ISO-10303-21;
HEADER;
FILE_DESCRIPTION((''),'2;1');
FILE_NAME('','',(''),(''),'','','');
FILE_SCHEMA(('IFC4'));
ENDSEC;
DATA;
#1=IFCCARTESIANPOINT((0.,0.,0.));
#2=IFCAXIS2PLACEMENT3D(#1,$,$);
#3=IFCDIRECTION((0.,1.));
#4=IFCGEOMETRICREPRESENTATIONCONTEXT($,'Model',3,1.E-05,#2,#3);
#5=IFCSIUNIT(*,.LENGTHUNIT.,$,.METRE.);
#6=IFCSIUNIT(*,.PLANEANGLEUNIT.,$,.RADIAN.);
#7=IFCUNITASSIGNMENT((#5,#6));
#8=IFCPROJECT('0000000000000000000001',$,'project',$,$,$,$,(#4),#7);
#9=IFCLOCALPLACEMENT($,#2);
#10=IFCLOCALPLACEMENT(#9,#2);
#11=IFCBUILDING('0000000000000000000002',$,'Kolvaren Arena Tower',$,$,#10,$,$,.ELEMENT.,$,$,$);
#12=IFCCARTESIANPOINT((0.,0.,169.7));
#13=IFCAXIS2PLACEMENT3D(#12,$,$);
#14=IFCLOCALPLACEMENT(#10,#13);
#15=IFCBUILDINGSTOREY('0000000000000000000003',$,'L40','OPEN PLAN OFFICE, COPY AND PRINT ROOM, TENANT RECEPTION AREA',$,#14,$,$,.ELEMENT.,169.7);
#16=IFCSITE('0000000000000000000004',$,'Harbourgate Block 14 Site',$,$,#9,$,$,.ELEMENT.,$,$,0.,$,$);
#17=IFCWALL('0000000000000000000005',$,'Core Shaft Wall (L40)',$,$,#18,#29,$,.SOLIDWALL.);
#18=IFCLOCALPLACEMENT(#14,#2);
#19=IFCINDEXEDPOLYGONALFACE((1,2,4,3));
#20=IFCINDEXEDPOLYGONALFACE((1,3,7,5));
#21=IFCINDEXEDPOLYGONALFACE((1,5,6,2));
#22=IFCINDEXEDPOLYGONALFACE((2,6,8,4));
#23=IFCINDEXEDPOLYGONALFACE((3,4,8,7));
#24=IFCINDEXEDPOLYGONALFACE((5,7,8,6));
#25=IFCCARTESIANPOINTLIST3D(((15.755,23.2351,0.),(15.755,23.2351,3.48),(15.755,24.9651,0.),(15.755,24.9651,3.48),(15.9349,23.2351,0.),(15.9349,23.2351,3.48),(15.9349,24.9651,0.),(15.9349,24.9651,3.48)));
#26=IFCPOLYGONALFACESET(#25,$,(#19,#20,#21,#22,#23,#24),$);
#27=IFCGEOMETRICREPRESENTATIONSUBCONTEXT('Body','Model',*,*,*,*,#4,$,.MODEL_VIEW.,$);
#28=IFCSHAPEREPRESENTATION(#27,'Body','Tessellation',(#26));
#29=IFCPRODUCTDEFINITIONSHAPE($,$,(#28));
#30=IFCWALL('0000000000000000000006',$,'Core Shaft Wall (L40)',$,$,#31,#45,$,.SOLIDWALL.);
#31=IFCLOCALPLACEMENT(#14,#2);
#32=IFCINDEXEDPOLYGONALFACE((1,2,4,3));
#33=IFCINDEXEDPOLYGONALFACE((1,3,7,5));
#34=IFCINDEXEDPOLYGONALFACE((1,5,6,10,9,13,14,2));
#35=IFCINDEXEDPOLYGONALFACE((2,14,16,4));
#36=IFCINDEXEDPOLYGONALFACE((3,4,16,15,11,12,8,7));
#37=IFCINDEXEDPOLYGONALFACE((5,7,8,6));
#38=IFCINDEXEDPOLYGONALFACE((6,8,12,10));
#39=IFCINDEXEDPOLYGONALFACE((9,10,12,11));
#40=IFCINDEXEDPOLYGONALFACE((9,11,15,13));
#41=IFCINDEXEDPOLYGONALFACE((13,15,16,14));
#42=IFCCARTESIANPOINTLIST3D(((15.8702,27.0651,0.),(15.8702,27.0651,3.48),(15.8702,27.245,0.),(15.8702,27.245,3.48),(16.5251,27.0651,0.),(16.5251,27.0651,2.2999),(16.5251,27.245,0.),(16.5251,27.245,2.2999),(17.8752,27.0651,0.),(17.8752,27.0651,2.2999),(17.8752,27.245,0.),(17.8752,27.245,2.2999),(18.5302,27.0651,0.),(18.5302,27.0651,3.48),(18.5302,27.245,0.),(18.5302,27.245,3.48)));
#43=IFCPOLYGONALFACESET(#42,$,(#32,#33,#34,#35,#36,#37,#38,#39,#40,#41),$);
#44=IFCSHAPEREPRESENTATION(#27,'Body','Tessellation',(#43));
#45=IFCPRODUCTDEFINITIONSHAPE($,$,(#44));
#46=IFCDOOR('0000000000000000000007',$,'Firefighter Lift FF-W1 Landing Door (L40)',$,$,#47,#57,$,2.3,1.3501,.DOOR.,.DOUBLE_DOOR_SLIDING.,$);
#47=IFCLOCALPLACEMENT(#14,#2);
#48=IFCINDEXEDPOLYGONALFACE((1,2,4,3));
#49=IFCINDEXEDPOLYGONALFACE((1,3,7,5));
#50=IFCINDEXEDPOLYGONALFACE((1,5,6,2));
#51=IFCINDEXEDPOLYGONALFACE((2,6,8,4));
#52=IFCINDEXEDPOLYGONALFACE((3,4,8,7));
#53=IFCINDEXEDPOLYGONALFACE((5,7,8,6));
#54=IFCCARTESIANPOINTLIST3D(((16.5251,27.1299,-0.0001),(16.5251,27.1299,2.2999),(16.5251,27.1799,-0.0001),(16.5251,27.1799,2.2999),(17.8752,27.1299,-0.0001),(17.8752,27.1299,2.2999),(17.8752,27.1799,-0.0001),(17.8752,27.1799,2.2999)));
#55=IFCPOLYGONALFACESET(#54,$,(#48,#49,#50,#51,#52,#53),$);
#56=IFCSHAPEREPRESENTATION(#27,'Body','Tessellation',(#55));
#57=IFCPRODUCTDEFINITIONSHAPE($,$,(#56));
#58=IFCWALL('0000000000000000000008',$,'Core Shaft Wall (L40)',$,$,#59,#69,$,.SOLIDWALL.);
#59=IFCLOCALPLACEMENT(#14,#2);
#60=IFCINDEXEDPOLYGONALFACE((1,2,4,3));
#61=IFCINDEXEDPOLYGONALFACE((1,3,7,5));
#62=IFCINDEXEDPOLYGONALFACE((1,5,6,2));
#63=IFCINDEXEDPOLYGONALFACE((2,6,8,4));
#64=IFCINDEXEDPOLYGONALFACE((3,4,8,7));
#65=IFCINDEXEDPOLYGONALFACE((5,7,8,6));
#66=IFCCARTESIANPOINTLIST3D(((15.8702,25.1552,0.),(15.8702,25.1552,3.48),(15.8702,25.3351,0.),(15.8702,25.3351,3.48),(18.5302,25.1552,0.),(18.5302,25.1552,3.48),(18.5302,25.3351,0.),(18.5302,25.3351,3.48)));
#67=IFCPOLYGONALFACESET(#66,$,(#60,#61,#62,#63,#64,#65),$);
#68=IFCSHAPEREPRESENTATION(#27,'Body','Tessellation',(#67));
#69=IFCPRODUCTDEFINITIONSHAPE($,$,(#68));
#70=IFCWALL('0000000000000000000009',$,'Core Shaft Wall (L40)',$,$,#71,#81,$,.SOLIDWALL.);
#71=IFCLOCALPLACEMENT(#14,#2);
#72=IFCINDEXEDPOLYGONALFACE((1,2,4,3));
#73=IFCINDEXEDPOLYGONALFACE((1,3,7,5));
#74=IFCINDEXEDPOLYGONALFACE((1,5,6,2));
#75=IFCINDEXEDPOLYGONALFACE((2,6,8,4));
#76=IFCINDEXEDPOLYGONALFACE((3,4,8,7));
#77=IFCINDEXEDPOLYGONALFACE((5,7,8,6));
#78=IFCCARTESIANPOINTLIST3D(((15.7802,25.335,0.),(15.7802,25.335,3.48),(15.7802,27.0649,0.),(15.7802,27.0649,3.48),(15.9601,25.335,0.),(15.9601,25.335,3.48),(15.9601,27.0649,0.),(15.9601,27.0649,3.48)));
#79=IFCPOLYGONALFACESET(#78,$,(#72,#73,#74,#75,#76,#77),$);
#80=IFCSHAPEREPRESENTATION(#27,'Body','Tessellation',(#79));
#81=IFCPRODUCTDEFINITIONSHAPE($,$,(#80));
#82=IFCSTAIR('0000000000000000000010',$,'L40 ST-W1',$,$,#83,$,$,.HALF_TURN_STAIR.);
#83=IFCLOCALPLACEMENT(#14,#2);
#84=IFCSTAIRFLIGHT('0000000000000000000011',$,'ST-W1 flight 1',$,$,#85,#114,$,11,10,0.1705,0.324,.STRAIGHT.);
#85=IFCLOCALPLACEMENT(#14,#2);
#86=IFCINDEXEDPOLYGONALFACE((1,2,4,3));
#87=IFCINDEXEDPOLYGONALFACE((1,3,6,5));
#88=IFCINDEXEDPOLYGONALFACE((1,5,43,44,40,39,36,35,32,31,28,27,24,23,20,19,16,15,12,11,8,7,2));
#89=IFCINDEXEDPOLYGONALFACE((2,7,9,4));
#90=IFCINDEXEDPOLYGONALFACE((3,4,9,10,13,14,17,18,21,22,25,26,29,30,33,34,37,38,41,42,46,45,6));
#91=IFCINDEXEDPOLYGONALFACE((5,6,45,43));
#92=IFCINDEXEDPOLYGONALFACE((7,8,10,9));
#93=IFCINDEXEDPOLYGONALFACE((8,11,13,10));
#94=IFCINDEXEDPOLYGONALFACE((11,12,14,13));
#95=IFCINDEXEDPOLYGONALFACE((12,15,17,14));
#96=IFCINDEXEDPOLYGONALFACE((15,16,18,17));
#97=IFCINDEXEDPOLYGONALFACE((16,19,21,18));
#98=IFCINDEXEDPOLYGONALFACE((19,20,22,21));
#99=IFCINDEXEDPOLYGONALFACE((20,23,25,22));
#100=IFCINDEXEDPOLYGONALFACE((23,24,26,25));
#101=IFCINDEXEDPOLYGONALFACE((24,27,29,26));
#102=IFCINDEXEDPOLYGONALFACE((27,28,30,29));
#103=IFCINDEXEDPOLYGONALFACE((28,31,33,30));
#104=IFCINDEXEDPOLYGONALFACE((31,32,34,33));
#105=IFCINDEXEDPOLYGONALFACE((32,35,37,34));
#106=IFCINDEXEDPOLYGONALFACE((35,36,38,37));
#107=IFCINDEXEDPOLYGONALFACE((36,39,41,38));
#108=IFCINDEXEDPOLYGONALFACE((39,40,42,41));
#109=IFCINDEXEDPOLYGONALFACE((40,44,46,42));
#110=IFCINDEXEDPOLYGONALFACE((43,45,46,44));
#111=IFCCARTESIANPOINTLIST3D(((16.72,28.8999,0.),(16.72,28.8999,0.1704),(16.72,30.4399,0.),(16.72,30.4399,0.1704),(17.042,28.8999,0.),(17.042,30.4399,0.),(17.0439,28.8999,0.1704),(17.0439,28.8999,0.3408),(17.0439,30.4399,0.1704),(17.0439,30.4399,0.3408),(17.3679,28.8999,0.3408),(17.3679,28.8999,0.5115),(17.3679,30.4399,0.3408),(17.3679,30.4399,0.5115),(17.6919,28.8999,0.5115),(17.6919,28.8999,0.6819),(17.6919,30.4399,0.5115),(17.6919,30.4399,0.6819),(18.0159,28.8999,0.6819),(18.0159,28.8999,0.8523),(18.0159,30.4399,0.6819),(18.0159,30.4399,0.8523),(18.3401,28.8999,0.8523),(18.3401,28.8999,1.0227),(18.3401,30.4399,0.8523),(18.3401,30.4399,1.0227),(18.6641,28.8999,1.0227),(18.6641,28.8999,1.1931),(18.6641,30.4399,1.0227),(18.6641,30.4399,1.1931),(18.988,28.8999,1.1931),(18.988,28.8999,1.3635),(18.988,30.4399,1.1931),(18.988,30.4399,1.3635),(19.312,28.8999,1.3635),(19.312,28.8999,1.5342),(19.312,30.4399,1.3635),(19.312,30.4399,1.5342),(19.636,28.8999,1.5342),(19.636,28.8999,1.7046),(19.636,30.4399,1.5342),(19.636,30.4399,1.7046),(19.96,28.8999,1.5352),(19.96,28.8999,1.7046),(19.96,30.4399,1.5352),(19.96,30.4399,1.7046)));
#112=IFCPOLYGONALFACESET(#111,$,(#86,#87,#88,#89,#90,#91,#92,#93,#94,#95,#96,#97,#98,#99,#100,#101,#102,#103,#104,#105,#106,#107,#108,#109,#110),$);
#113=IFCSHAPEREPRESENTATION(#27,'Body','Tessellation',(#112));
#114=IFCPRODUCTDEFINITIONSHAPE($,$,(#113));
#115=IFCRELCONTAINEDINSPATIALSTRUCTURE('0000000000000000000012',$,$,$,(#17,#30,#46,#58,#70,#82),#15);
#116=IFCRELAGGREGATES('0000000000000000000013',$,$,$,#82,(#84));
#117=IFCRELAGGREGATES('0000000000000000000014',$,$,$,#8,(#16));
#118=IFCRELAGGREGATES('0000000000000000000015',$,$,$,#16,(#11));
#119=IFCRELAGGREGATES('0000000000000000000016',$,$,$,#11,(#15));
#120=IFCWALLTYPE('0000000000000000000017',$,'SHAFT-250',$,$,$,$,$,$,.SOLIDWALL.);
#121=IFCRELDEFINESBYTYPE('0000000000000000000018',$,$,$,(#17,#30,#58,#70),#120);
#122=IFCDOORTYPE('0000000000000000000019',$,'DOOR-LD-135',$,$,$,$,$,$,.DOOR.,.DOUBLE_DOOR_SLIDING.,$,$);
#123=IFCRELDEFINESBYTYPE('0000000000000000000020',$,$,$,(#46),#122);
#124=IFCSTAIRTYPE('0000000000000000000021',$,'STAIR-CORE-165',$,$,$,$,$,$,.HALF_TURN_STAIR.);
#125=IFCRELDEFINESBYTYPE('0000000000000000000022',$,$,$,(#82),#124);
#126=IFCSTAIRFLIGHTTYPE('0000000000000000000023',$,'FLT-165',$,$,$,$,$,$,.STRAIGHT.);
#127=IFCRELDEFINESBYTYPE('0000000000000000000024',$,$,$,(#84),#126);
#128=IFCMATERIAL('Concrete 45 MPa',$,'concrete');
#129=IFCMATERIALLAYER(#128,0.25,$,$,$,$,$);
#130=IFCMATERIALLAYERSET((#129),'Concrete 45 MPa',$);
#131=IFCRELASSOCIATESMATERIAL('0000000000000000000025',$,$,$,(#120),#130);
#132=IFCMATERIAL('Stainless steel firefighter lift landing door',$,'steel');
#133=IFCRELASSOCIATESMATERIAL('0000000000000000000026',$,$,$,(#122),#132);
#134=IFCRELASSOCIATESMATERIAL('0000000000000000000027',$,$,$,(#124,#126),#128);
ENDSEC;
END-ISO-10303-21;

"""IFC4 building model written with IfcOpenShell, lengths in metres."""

from ifc_helpers import new_model, si_unit, direction, frame, frame_2d, origin, place, context, subcontext, project, spatial, polyline, rectangle, outline, extrude, material, layer, layer_set, type_object, element, fill, aggregate, save


model = new_model("IFC4")

# Units and contexts
model_context = context("Model", 3, precision=1e-05, world=origin(), true_north=direction((0.0, 1.0)))
body_context = subcontext(model_context, "Body", "Model", "MODEL_VIEW")
ifc_project = project(units=[si_unit("LENGTHUNIT", "METRE"), si_unit("PLANEANGLEUNIT", "RADIAN")], contexts=[model_context])

# Site, building, storey
site_placement = place(None, origin())
site = spatial("IfcSite", under=ifc_project, at=site_placement, Name="Harbourgate Block 14 Site", CompositionType="ELEMENT", RefElevation=0.0)
building_placement = place(site_placement, origin())
building = spatial("IfcBuilding", under=site, at=building_placement, Name="Kolvaren Arena Tower", CompositionType="ELEMENT")
storey_placement = place(building_placement, frame((0.0, 0.0, 169.7)))
storey = spatial("IfcBuildingStorey", under=building, at=storey_placement, Name="L40", Description="OPEN PLAN OFFICE, COPY AND PRINT ROOM, TENANT RECEPTION AREA", CompositionType="ELEMENT", Elevation=169.7)

# Shared definitions
ifc_material_1 = material(Name="Concrete 45 MPa", Category="concrete")
ifc_layer = layer(ifc_material_1, 0.25)
ifc_layer_set = layer_set([ifc_layer], Name="Concrete 45 MPa")
wall_type = type_object("IfcWallType", Name="SHAFT-250", PredefinedType="SOLIDWALL", material=ifc_layer_set)

# Wall
wall_1_placement = place(storey_placement, frame((15.845, 23.2351, 0.0), z_axis=(0.0, 0.0, 1.0), x_axis=(0.0, 1.0, 0.0)))
element("IfcWall", 1, at=wall_1_placement, inside=storey, type_object=wall_type, Name="Core Shaft Wall (L40)", PredefinedType="SOLIDWALL", context=body_context, shape_type="SweptSolid", body=[
    extrude(rectangle(XDim=1.73, YDim=0.1799, at=frame_2d((0.865, 0.0))), origin(), (0.0, 0.0, 1.0), 3.48),
])

# Wall, opening, door
wall_2_placement = place(storey_placement, frame((15.8701, 27.155, 0.0), z_axis=(0.0, 0.0, 1.0), x_axis=(1.0, 0.0, 0.0)))
wall_2 = element("IfcWall", 2, at=wall_2_placement, inside=storey, type_object=wall_type, Name="Core Shaft Wall (L40)", PredefinedType="SOLIDWALL", context=body_context, shape_type="SweptSolid", body=[
    extrude(rectangle(XDim=2.6599, YDim=0.1799, at=frame_2d((1.3301, 0.0))), origin(), (0.0, 0.0, 1.0), 3.48),
])
opening_1_placement = place(wall_2_placement, frame((0.655, 0.0, 0.0)))
opening_1 = element("IfcOpeningElement", 3, at=opening_1_placement, cuts=wall_2, PredefinedType="OPENING", context=body_context, shape_type="SweptSolid", body=[
    extrude(rectangle(XDim=1.3501, YDim=2.3, at=frame_2d((0.675, 1.1499))), frame((0.0, 0.0999, 0.0), z_axis=(0.0, -1.0, 0.0), x_axis=(1.0, 0.0, 0.0)), (0.0, 0.0, 1.0), 0.2),
])
ifc_material_2 = material(Name="Stainless steel firefighter lift landing door", Category="steel")
door_type_1 = type_object("IfcDoorType", Name="DOOR-LD-135", OperationType="DOUBLE_DOOR_SLIDING", PredefinedType="DOOR", material=ifc_material_2)
door_1_placement = place(opening_1_placement, origin())
door_1 = element("IfcDoor", 4, at=door_1_placement, inside=storey, type_object=door_type_1, Name="Firefighter Lift FF-W1 Landing Door (L40)", OperationType="DOUBLE_DOOR_SLIDING", OverallHeight=2.3, OverallWidth=1.3501, PredefinedType="DOOR", context=body_context, shape_type="SweptSolid", body=[
    extrude(rectangle(XDim=1.3501, YDim=2.3, at=frame_2d((0.675, 1.1499))), frame((0.0, 0.0249, 0.0), z_axis=(0.0, -1.0, 0.0), x_axis=(1.0, 0.0, 0.0)), (0.0, 0.0, 1.0), 0.05),
])
fill(opening_1, door_1)

# Walls
wall_3_placement = place(storey_placement, frame((15.8701, 25.2451, 0.0), z_axis=(0.0, 0.0, 1.0), x_axis=(1.0, 0.0, 0.0)))
element("IfcWall", 5, at=wall_3_placement, inside=storey, type_object=wall_type, Name="Core Shaft Wall (L40)", PredefinedType="SOLIDWALL", context=body_context, shape_type="SweptSolid", body=[
    extrude(rectangle(XDim=2.6599, YDim=0.1799, at=frame_2d((1.3301, 0.0))), origin(), (0.0, 0.0, 1.0), 3.48),
])
wall_4_placement = place(storey_placement, frame((15.8701, 25.335, 0.0), z_axis=(0.0, 0.0, 1.0), x_axis=(0.0, 1.0, 0.0)))
element("IfcWall", 6, at=wall_4_placement, inside=storey, type_object=wall_type, Name="Core Shaft Wall (L40)", PredefinedType="SOLIDWALL", context=body_context, shape_type="SweptSolid", body=[
    extrude(rectangle(XDim=1.73, YDim=0.1799, at=frame_2d((0.865, 0.0))), origin(), (0.0, 0.0, 1.0), 3.48),
])

# Stair, stair flight
stair_type = type_object("IfcStairType", Name="STAIR-CORE-165", PredefinedType="HALF_TURN_STAIR", material=ifc_material_1)
stair_placement = place(storey_placement, origin())
stair = element("IfcStair", 7, at=stair_placement, inside=storey, type_object=stair_type, Name="L40 ST-W1", PredefinedType="HALF_TURN_STAIR")
stair_flight_type = type_object("IfcStairFlightType", Name="FLT-165", PredefinedType="STRAIGHT", material=ifc_material_1)
stair_flight_placement = place(storey_placement, frame((16.72, 29.6699, 0.0), z_axis=(0.0, 0.0, 1.0), x_axis=(1.0, 0.0, 0.0)))
stair_flight = element("IfcStairFlight", 8, at=stair_flight_placement, type_object=stair_flight_type, Name="ST-W1 flight 1", NumberOfRisers=11, NumberOfTreads=10, PredefinedType="STRAIGHT", RiserHeight=0.1705, TreadLength=0.324, context=body_context, shape_type="SweptSolid", body=[
    extrude(outline(polyline([(0.0, 0.0), (0.0, 0.1704), (0.324, 0.1704), (0.324, 0.3408), (0.6479, 0.3408), (0.6479, 0.5115), (0.9719, 0.5115), (0.9719, 0.6819), (1.2959, 0.6819), (1.2959, 0.8523), (1.6201, 0.8523), (1.6201, 1.0227), (1.9441, 1.0227), (1.9441, 1.1931), (2.2681, 1.1931), (2.2681, 1.3635), (2.592, 1.3635), (2.592, 1.5342), (2.916, 1.5342), (2.916, 1.7046), (3.24, 1.7046), (3.24, 1.875), (3.24, 1.5352), (0.322, 0.0), (0.0, 0.0)])), frame((0.0, 0.77, 0.0), z_axis=(0.0, -1.0, 0.0), x_axis=(1.0, 0.0, 0.0)), (0.0, 0.0, 1.0), 1.54),
])
aggregate(stair, [stair_flight])

save(model, "model.ifc")
